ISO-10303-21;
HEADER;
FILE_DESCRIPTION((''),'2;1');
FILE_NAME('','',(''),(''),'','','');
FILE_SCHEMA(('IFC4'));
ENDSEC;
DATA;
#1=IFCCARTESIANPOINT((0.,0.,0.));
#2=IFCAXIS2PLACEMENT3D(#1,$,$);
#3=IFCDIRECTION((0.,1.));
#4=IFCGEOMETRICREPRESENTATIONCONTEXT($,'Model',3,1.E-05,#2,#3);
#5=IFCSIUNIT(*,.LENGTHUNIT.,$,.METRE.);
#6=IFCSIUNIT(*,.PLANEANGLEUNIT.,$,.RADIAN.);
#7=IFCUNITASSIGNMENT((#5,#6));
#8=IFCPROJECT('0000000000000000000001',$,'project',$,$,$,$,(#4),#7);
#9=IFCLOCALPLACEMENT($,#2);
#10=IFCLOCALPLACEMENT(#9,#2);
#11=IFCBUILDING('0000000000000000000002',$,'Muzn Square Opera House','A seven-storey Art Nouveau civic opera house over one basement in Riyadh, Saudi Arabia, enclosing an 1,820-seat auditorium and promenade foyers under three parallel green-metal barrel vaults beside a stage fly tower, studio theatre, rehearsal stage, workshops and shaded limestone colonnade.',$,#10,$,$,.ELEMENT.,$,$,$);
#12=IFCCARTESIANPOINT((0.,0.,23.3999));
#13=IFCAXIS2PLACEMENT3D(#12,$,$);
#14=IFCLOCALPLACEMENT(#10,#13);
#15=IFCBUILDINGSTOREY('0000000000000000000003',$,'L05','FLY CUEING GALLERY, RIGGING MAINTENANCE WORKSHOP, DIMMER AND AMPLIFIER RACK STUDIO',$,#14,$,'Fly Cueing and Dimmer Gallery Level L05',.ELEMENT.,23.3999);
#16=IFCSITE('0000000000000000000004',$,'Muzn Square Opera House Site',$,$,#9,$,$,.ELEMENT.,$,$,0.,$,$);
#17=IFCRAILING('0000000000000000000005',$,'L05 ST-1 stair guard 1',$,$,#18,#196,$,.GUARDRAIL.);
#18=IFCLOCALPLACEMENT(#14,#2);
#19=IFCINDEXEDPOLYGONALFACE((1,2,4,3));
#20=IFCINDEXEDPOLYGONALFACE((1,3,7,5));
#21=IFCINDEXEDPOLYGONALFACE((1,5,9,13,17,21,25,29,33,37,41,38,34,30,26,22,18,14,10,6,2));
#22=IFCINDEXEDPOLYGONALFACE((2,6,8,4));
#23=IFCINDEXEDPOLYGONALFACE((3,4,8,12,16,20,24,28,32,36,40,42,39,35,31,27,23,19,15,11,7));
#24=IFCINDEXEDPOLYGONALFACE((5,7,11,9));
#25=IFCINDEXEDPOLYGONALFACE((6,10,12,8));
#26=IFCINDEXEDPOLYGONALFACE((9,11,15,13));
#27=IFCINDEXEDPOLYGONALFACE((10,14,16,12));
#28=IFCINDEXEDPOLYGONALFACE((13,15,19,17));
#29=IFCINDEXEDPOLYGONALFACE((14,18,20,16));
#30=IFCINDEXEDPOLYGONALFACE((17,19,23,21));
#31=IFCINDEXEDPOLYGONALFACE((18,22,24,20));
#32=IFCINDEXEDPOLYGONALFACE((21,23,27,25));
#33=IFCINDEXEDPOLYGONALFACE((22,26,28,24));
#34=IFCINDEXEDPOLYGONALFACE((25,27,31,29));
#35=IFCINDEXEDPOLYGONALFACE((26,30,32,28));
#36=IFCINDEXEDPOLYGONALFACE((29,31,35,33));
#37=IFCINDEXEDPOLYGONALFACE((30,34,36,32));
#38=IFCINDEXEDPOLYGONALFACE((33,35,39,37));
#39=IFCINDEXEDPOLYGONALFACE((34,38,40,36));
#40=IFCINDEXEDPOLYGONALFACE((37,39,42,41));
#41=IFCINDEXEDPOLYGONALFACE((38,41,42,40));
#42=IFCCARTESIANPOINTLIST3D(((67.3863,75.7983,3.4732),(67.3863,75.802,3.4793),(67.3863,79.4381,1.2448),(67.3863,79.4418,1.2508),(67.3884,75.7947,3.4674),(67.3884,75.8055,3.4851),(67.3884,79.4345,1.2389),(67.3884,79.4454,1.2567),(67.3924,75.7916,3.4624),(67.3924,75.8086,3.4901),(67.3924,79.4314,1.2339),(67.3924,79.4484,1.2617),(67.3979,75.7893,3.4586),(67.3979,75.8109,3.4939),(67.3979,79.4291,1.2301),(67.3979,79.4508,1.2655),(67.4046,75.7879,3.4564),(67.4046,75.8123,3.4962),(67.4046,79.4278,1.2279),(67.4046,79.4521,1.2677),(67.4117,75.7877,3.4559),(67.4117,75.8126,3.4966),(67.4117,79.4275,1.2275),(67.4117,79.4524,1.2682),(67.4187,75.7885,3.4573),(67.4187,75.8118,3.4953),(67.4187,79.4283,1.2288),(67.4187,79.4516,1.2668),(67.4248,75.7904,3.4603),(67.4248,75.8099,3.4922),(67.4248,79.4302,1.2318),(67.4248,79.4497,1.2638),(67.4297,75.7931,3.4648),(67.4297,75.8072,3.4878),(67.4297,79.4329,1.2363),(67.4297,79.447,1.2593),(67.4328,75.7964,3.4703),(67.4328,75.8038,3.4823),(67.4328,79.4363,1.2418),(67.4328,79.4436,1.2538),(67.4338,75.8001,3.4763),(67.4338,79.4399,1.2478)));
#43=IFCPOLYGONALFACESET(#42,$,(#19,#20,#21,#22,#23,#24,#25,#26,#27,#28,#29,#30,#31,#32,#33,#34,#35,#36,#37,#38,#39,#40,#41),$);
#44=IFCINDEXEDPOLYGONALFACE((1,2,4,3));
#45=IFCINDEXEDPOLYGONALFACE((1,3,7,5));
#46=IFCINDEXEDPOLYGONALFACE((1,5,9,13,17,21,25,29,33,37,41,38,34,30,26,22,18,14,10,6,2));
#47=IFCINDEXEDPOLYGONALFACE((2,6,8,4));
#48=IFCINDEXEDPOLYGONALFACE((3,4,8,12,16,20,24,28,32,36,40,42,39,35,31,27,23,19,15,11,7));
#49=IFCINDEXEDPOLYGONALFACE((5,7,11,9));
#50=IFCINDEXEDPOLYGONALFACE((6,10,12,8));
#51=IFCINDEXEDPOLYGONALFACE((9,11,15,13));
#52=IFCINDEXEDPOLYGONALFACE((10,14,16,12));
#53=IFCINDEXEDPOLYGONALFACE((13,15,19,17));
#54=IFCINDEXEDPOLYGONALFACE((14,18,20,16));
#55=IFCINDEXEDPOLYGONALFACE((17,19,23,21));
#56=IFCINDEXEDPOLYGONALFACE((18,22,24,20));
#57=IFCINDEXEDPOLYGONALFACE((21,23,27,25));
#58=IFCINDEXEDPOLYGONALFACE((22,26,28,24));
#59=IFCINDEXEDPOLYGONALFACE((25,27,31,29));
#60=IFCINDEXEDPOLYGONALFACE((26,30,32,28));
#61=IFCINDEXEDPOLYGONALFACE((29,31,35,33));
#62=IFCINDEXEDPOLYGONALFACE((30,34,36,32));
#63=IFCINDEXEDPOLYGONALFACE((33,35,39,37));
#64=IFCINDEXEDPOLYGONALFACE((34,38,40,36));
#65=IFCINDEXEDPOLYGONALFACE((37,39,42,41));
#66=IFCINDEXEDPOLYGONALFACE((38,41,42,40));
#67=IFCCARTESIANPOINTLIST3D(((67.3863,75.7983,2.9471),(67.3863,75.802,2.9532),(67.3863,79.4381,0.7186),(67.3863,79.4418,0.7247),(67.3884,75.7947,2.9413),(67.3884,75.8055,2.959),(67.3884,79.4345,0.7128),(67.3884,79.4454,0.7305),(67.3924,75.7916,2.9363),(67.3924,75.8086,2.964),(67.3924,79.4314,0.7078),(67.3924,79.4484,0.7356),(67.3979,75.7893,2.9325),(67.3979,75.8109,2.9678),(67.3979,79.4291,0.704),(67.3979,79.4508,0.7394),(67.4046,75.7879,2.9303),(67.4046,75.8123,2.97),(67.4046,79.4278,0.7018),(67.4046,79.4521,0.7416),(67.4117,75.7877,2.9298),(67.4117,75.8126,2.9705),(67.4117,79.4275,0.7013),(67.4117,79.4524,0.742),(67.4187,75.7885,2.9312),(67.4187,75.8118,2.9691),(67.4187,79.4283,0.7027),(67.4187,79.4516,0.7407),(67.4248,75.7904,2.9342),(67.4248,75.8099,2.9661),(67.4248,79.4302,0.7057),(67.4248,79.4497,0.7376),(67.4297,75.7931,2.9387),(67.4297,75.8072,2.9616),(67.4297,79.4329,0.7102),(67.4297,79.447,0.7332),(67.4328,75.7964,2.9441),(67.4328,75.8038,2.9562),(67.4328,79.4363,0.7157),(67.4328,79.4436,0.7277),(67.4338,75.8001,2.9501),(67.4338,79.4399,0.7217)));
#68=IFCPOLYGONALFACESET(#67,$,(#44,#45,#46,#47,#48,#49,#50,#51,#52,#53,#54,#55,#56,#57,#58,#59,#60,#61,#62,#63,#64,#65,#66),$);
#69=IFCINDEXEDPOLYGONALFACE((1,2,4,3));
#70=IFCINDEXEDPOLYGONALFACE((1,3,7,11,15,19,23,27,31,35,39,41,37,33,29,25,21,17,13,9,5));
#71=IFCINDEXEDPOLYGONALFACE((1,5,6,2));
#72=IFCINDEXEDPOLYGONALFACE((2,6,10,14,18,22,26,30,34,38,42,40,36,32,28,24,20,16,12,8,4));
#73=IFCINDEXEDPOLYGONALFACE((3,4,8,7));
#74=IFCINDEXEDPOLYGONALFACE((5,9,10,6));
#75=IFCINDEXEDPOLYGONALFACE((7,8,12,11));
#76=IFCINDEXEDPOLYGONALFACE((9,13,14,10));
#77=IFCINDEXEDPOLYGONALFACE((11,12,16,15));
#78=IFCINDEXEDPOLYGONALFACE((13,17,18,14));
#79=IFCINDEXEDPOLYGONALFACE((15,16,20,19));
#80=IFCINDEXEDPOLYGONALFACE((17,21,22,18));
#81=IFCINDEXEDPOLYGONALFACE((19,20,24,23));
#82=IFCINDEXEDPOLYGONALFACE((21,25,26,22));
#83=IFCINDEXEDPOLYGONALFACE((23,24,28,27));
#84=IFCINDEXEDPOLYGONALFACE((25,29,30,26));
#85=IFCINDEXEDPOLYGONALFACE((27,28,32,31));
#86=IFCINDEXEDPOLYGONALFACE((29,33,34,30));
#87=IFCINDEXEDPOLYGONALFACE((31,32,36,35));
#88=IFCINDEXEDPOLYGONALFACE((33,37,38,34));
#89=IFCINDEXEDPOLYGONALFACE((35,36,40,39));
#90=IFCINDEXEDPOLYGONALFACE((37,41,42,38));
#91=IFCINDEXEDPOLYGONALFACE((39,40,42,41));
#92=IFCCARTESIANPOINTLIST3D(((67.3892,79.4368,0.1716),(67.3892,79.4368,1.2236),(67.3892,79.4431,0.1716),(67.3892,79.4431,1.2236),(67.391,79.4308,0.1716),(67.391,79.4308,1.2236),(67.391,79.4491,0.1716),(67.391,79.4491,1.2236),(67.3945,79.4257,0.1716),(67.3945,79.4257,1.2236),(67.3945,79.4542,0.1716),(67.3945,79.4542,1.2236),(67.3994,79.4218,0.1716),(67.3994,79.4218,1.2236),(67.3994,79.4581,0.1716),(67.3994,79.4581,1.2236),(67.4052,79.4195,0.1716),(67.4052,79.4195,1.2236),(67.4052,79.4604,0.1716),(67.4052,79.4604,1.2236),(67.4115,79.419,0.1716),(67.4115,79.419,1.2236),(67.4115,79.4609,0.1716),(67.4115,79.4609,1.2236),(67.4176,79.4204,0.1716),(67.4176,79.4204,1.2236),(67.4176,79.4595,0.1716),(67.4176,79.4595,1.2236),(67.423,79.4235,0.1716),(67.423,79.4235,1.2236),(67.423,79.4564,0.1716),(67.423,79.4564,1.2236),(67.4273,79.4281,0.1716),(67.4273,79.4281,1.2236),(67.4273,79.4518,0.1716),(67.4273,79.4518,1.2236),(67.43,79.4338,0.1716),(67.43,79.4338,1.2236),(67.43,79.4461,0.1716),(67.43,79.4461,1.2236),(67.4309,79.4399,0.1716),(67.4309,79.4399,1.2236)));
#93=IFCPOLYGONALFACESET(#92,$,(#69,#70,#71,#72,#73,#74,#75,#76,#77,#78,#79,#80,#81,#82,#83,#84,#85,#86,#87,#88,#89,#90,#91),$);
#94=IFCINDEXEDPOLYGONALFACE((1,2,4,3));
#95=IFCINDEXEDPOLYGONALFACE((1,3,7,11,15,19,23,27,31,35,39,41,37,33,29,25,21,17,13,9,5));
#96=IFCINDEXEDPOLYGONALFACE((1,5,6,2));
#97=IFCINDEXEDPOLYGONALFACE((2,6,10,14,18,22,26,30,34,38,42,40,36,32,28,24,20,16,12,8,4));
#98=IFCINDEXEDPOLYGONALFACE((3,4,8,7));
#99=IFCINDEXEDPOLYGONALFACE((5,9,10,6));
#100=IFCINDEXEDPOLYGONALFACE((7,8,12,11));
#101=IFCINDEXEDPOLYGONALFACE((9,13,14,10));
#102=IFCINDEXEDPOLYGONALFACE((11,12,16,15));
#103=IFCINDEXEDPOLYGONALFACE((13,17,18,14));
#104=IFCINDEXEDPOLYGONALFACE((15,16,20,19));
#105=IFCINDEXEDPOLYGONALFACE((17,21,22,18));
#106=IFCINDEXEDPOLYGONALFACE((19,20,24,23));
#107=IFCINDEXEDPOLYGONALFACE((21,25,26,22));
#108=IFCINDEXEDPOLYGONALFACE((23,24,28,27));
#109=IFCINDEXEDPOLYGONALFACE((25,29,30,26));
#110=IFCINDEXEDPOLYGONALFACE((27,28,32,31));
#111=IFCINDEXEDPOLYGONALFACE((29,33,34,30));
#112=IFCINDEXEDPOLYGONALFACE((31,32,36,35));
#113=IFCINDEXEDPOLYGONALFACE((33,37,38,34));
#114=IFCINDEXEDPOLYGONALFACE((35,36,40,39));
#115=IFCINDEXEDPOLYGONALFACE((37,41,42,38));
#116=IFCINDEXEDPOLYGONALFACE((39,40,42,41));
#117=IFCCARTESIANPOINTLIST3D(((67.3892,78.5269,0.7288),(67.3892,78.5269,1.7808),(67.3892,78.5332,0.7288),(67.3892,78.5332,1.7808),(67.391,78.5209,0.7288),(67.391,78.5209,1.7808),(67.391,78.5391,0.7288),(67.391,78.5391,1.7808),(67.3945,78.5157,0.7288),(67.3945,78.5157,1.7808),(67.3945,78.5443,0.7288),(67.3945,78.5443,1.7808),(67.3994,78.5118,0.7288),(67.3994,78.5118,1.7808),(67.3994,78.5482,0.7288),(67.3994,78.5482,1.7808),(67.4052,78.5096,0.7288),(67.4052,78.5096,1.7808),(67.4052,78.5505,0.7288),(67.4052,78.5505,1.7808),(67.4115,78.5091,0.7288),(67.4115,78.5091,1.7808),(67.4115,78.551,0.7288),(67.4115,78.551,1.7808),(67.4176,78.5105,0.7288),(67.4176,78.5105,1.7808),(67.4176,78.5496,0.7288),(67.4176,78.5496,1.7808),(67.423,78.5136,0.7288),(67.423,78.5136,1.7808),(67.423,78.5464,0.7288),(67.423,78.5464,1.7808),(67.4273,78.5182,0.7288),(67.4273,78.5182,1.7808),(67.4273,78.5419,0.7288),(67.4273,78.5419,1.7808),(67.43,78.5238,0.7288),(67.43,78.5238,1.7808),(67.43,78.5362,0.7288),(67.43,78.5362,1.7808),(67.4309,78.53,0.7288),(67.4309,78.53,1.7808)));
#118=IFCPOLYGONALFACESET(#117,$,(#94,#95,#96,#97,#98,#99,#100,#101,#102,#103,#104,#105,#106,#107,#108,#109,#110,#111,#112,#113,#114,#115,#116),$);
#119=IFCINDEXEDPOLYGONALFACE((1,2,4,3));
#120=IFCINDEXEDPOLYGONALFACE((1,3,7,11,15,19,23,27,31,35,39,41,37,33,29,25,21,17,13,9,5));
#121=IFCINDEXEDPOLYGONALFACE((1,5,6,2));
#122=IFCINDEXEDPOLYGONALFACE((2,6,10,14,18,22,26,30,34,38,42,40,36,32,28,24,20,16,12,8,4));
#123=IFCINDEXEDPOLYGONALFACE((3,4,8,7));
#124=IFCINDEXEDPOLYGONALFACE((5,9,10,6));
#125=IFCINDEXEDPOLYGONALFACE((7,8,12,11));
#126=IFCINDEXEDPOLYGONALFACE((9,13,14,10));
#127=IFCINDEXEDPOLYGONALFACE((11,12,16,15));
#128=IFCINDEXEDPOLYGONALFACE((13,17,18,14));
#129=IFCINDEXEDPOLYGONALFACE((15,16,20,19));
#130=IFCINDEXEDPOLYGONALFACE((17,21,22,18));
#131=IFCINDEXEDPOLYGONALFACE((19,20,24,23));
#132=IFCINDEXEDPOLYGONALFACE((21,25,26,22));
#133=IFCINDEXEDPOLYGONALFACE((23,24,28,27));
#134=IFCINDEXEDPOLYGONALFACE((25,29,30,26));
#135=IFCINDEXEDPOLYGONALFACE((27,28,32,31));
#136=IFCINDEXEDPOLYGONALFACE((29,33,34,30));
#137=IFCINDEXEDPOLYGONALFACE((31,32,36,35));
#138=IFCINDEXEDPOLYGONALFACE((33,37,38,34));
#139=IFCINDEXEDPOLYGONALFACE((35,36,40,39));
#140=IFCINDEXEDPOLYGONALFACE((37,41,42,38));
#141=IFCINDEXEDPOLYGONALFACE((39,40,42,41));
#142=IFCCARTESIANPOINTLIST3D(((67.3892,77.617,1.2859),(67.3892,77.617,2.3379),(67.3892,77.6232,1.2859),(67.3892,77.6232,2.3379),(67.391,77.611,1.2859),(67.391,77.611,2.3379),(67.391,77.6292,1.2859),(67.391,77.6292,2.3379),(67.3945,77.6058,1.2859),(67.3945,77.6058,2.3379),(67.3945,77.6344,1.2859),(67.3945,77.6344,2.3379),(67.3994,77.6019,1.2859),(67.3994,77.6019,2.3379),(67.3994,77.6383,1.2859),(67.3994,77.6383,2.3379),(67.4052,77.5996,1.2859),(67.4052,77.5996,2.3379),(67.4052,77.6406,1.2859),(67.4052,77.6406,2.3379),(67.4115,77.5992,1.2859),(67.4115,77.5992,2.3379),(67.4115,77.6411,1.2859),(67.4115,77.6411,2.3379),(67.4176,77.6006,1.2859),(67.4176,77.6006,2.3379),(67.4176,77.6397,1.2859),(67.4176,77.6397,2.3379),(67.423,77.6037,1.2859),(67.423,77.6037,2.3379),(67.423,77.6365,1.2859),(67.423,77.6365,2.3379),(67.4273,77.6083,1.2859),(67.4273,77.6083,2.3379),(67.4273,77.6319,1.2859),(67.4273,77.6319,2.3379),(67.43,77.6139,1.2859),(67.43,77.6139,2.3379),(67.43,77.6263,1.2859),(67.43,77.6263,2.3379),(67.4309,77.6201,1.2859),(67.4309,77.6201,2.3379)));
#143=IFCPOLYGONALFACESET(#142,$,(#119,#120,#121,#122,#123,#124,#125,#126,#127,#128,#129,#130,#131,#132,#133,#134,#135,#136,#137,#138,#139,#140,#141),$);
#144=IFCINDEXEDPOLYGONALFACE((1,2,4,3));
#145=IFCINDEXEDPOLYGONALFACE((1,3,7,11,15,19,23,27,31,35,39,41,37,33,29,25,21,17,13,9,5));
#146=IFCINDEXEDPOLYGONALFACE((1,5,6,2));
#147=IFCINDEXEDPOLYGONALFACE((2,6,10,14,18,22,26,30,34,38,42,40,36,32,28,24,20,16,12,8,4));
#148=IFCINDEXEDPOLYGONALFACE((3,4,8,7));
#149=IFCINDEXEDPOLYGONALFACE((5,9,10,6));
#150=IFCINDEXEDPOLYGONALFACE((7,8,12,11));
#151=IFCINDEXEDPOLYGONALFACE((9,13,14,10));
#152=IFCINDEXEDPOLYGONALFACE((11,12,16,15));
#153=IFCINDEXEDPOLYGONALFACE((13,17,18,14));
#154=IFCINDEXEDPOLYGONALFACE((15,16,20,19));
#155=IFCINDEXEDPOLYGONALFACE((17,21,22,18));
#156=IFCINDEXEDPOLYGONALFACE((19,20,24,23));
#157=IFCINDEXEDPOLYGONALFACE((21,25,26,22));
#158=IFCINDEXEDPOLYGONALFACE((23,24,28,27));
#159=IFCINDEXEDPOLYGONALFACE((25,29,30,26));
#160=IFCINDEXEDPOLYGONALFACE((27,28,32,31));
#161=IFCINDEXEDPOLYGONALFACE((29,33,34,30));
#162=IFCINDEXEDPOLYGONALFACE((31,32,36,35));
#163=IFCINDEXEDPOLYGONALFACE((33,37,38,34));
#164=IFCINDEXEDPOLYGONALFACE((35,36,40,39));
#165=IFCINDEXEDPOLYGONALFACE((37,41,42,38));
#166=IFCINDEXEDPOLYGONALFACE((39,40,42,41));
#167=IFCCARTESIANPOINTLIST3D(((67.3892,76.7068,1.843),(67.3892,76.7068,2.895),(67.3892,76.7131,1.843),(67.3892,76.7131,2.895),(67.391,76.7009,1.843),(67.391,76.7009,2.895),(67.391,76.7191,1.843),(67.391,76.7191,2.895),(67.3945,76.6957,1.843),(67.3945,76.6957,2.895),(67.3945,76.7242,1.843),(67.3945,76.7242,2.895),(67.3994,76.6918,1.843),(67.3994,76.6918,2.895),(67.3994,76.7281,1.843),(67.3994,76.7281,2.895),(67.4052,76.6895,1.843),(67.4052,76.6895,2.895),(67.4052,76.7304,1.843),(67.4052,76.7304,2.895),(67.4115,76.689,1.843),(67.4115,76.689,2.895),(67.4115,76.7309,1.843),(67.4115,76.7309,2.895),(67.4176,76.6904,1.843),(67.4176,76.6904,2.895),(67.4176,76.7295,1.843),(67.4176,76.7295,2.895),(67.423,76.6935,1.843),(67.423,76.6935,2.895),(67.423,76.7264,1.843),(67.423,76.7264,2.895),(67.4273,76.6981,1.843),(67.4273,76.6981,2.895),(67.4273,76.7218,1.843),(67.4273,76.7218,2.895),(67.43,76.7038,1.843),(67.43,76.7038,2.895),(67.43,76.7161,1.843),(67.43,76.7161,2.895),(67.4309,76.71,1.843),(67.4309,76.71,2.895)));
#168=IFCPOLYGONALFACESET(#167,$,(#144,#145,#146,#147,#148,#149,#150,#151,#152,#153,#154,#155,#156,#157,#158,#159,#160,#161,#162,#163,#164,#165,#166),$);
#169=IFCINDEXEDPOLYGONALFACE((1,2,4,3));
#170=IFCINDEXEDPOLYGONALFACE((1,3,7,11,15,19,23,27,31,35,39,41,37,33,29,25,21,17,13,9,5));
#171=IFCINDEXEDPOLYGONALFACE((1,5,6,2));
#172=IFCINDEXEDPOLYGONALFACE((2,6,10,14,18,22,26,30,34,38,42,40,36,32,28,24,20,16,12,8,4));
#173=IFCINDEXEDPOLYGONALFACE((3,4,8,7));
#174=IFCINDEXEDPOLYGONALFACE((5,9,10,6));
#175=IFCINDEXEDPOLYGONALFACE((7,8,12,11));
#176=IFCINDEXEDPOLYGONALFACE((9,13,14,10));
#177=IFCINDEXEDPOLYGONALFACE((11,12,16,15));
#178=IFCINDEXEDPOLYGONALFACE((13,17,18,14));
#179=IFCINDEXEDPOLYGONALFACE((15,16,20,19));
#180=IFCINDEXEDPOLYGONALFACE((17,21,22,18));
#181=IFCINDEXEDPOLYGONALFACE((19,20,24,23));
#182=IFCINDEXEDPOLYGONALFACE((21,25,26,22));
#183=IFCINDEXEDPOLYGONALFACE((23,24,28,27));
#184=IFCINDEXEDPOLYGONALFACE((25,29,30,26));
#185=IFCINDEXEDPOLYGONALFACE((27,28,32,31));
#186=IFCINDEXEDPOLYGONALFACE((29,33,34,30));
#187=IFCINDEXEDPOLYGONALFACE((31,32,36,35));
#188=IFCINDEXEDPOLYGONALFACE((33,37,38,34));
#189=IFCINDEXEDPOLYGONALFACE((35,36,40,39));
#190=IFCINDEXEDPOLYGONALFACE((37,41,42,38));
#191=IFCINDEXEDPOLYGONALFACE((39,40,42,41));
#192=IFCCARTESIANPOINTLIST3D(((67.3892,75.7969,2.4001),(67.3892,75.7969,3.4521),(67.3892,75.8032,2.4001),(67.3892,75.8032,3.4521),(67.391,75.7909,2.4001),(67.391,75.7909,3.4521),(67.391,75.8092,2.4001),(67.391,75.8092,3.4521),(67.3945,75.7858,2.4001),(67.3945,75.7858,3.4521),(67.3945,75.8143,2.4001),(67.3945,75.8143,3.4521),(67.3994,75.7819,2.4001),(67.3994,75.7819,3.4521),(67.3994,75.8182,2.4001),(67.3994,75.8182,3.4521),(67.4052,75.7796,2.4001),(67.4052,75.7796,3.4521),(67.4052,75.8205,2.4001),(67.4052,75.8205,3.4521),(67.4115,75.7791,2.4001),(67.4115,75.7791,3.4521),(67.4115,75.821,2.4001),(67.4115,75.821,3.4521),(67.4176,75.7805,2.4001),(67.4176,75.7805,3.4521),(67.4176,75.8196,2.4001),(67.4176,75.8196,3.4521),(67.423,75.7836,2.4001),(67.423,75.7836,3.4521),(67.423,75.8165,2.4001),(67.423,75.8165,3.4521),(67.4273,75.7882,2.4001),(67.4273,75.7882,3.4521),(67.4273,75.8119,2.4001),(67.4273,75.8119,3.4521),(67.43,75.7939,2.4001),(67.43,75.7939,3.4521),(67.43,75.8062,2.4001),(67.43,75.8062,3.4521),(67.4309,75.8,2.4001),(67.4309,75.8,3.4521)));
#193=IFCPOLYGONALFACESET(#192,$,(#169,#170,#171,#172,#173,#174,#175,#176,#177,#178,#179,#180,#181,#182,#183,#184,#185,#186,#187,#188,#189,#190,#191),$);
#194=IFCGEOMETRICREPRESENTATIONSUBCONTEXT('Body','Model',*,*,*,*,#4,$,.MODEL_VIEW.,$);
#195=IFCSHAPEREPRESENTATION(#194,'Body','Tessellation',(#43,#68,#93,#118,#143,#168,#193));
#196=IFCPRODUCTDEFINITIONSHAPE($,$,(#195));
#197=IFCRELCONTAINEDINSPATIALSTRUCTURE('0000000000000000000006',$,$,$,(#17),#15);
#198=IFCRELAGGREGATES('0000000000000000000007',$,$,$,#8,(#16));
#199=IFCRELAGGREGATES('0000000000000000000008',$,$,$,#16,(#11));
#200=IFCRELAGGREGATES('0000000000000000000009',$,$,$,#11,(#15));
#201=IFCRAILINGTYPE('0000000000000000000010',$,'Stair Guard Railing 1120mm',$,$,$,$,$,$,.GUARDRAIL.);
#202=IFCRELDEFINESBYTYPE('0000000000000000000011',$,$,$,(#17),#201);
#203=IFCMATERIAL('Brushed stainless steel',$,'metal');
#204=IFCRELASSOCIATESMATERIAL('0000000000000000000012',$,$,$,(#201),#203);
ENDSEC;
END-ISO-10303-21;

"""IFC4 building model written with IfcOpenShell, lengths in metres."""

from ifc_helpers import new_model, si_unit, direction, frame, origin, origin_2d, place, context, subcontext, project, spatial, circle, extrude, material, type_object, element, save


model = new_model("IFC4")

# Units and contexts
model_context = context("Model", 3, precision=1e-05, world=origin(), true_north=direction((0.0, 1.0)))
body_context = subcontext(model_context, "Body", "Model", "MODEL_VIEW")
ifc_project = project(units=[si_unit("LENGTHUNIT", "METRE"), si_unit("PLANEANGLEUNIT", "RADIAN")], contexts=[model_context])

# Site, building, storey
site_placement = place(None, origin())
site = spatial("IfcSite", under=ifc_project, at=site_placement, Name="Muzn Square Opera House Site", CompositionType="ELEMENT", RefElevation=0.0)
building_placement = place(site_placement, origin())
building = spatial("IfcBuilding", under=site, at=building_placement, Name="Muzn Square Opera House", Description="A seven-storey Art Nouveau civic opera house over one basement in Riyadh, Saudi Arabia, enclosing an 1,820-seat auditorium and promenade foyers under three parallel green-metal barrel vaults beside a stage fly tower, studio theatre, rehearsal stage, workshops and shaded limestone colonnade.", CompositionType="ELEMENT")
storey_placement = place(building_placement, frame((0.0, 0.0, 23.3999)))
storey = spatial("IfcBuildingStorey", under=building, at=storey_placement, Name="L05", Description="FLY CUEING GALLERY, RIGGING MAINTENANCE WORKSHOP, DIMMER AND AMPLIFIER RACK STUDIO", LongName="Fly Cueing and Dimmer Gallery Level L05", CompositionType="ELEMENT", Elevation=23.3999)

# Shared definitions
ifc_material_1 = material(Name="Brushed stainless steel", Category="metal")

# Railing
railing_type_1 = type_object("IfcRailingType", Name="Stair Guard Railing 1120mm", PredefinedType="GUARDRAIL", material=ifc_material_1)
railing_1_placement = place(storey_placement, frame((67.4099, 79.4399, 0.1716)))
element("IfcRailing", 1, at=railing_1_placement, inside=storey, type_object=railing_type_1, Name="L05 ST-1 stair guard 1", PredefinedType="GUARDRAIL", context=body_context, shape_type="SweptSolid", body=[
    extrude(circle(Radius=0.0239, at=origin_2d()), frame((0.0, 0.0, 1.0762), z_axis=(0.0, -0.85285, 0.522156), x_axis=(1.0, 0.0, 0.0)), (0.0, 0.0, 1.0), 4.2678),
    extrude(circle(Radius=0.0239, at=origin_2d()), frame((0.0, 0.0, 0.55), z_axis=(0.0, -0.85285, 0.522156), x_axis=(1.0, 0.0, 0.0)), (0.0, 0.0, 1.0), 4.2678),
    extrude(circle(Radius=0.021, at=origin_2d()), origin(), (0.0, 0.0, 1.0), 1.052),
    extrude(circle(Radius=0.021, at=origin_2d()), frame((0.0, -0.9099, 0.5571)), (0.0, 0.0, 1.0), 1.052),
    extrude(circle(Radius=0.021, at=origin_2d()), frame((0.0, -1.8198, 1.1143)), (0.0, 0.0, 1.0), 1.052),
    extrude(circle(Radius=0.021, at=origin_2d()), frame((0.0, -2.73, 1.6714)), (0.0, 0.0, 1.0), 1.052),
    extrude(circle(Radius=0.021, at=origin_2d()), frame((0.0, -3.6399, 2.2285)), (0.0, 0.0, 1.0), 1.052),
])

save(model, "model.ifc")
